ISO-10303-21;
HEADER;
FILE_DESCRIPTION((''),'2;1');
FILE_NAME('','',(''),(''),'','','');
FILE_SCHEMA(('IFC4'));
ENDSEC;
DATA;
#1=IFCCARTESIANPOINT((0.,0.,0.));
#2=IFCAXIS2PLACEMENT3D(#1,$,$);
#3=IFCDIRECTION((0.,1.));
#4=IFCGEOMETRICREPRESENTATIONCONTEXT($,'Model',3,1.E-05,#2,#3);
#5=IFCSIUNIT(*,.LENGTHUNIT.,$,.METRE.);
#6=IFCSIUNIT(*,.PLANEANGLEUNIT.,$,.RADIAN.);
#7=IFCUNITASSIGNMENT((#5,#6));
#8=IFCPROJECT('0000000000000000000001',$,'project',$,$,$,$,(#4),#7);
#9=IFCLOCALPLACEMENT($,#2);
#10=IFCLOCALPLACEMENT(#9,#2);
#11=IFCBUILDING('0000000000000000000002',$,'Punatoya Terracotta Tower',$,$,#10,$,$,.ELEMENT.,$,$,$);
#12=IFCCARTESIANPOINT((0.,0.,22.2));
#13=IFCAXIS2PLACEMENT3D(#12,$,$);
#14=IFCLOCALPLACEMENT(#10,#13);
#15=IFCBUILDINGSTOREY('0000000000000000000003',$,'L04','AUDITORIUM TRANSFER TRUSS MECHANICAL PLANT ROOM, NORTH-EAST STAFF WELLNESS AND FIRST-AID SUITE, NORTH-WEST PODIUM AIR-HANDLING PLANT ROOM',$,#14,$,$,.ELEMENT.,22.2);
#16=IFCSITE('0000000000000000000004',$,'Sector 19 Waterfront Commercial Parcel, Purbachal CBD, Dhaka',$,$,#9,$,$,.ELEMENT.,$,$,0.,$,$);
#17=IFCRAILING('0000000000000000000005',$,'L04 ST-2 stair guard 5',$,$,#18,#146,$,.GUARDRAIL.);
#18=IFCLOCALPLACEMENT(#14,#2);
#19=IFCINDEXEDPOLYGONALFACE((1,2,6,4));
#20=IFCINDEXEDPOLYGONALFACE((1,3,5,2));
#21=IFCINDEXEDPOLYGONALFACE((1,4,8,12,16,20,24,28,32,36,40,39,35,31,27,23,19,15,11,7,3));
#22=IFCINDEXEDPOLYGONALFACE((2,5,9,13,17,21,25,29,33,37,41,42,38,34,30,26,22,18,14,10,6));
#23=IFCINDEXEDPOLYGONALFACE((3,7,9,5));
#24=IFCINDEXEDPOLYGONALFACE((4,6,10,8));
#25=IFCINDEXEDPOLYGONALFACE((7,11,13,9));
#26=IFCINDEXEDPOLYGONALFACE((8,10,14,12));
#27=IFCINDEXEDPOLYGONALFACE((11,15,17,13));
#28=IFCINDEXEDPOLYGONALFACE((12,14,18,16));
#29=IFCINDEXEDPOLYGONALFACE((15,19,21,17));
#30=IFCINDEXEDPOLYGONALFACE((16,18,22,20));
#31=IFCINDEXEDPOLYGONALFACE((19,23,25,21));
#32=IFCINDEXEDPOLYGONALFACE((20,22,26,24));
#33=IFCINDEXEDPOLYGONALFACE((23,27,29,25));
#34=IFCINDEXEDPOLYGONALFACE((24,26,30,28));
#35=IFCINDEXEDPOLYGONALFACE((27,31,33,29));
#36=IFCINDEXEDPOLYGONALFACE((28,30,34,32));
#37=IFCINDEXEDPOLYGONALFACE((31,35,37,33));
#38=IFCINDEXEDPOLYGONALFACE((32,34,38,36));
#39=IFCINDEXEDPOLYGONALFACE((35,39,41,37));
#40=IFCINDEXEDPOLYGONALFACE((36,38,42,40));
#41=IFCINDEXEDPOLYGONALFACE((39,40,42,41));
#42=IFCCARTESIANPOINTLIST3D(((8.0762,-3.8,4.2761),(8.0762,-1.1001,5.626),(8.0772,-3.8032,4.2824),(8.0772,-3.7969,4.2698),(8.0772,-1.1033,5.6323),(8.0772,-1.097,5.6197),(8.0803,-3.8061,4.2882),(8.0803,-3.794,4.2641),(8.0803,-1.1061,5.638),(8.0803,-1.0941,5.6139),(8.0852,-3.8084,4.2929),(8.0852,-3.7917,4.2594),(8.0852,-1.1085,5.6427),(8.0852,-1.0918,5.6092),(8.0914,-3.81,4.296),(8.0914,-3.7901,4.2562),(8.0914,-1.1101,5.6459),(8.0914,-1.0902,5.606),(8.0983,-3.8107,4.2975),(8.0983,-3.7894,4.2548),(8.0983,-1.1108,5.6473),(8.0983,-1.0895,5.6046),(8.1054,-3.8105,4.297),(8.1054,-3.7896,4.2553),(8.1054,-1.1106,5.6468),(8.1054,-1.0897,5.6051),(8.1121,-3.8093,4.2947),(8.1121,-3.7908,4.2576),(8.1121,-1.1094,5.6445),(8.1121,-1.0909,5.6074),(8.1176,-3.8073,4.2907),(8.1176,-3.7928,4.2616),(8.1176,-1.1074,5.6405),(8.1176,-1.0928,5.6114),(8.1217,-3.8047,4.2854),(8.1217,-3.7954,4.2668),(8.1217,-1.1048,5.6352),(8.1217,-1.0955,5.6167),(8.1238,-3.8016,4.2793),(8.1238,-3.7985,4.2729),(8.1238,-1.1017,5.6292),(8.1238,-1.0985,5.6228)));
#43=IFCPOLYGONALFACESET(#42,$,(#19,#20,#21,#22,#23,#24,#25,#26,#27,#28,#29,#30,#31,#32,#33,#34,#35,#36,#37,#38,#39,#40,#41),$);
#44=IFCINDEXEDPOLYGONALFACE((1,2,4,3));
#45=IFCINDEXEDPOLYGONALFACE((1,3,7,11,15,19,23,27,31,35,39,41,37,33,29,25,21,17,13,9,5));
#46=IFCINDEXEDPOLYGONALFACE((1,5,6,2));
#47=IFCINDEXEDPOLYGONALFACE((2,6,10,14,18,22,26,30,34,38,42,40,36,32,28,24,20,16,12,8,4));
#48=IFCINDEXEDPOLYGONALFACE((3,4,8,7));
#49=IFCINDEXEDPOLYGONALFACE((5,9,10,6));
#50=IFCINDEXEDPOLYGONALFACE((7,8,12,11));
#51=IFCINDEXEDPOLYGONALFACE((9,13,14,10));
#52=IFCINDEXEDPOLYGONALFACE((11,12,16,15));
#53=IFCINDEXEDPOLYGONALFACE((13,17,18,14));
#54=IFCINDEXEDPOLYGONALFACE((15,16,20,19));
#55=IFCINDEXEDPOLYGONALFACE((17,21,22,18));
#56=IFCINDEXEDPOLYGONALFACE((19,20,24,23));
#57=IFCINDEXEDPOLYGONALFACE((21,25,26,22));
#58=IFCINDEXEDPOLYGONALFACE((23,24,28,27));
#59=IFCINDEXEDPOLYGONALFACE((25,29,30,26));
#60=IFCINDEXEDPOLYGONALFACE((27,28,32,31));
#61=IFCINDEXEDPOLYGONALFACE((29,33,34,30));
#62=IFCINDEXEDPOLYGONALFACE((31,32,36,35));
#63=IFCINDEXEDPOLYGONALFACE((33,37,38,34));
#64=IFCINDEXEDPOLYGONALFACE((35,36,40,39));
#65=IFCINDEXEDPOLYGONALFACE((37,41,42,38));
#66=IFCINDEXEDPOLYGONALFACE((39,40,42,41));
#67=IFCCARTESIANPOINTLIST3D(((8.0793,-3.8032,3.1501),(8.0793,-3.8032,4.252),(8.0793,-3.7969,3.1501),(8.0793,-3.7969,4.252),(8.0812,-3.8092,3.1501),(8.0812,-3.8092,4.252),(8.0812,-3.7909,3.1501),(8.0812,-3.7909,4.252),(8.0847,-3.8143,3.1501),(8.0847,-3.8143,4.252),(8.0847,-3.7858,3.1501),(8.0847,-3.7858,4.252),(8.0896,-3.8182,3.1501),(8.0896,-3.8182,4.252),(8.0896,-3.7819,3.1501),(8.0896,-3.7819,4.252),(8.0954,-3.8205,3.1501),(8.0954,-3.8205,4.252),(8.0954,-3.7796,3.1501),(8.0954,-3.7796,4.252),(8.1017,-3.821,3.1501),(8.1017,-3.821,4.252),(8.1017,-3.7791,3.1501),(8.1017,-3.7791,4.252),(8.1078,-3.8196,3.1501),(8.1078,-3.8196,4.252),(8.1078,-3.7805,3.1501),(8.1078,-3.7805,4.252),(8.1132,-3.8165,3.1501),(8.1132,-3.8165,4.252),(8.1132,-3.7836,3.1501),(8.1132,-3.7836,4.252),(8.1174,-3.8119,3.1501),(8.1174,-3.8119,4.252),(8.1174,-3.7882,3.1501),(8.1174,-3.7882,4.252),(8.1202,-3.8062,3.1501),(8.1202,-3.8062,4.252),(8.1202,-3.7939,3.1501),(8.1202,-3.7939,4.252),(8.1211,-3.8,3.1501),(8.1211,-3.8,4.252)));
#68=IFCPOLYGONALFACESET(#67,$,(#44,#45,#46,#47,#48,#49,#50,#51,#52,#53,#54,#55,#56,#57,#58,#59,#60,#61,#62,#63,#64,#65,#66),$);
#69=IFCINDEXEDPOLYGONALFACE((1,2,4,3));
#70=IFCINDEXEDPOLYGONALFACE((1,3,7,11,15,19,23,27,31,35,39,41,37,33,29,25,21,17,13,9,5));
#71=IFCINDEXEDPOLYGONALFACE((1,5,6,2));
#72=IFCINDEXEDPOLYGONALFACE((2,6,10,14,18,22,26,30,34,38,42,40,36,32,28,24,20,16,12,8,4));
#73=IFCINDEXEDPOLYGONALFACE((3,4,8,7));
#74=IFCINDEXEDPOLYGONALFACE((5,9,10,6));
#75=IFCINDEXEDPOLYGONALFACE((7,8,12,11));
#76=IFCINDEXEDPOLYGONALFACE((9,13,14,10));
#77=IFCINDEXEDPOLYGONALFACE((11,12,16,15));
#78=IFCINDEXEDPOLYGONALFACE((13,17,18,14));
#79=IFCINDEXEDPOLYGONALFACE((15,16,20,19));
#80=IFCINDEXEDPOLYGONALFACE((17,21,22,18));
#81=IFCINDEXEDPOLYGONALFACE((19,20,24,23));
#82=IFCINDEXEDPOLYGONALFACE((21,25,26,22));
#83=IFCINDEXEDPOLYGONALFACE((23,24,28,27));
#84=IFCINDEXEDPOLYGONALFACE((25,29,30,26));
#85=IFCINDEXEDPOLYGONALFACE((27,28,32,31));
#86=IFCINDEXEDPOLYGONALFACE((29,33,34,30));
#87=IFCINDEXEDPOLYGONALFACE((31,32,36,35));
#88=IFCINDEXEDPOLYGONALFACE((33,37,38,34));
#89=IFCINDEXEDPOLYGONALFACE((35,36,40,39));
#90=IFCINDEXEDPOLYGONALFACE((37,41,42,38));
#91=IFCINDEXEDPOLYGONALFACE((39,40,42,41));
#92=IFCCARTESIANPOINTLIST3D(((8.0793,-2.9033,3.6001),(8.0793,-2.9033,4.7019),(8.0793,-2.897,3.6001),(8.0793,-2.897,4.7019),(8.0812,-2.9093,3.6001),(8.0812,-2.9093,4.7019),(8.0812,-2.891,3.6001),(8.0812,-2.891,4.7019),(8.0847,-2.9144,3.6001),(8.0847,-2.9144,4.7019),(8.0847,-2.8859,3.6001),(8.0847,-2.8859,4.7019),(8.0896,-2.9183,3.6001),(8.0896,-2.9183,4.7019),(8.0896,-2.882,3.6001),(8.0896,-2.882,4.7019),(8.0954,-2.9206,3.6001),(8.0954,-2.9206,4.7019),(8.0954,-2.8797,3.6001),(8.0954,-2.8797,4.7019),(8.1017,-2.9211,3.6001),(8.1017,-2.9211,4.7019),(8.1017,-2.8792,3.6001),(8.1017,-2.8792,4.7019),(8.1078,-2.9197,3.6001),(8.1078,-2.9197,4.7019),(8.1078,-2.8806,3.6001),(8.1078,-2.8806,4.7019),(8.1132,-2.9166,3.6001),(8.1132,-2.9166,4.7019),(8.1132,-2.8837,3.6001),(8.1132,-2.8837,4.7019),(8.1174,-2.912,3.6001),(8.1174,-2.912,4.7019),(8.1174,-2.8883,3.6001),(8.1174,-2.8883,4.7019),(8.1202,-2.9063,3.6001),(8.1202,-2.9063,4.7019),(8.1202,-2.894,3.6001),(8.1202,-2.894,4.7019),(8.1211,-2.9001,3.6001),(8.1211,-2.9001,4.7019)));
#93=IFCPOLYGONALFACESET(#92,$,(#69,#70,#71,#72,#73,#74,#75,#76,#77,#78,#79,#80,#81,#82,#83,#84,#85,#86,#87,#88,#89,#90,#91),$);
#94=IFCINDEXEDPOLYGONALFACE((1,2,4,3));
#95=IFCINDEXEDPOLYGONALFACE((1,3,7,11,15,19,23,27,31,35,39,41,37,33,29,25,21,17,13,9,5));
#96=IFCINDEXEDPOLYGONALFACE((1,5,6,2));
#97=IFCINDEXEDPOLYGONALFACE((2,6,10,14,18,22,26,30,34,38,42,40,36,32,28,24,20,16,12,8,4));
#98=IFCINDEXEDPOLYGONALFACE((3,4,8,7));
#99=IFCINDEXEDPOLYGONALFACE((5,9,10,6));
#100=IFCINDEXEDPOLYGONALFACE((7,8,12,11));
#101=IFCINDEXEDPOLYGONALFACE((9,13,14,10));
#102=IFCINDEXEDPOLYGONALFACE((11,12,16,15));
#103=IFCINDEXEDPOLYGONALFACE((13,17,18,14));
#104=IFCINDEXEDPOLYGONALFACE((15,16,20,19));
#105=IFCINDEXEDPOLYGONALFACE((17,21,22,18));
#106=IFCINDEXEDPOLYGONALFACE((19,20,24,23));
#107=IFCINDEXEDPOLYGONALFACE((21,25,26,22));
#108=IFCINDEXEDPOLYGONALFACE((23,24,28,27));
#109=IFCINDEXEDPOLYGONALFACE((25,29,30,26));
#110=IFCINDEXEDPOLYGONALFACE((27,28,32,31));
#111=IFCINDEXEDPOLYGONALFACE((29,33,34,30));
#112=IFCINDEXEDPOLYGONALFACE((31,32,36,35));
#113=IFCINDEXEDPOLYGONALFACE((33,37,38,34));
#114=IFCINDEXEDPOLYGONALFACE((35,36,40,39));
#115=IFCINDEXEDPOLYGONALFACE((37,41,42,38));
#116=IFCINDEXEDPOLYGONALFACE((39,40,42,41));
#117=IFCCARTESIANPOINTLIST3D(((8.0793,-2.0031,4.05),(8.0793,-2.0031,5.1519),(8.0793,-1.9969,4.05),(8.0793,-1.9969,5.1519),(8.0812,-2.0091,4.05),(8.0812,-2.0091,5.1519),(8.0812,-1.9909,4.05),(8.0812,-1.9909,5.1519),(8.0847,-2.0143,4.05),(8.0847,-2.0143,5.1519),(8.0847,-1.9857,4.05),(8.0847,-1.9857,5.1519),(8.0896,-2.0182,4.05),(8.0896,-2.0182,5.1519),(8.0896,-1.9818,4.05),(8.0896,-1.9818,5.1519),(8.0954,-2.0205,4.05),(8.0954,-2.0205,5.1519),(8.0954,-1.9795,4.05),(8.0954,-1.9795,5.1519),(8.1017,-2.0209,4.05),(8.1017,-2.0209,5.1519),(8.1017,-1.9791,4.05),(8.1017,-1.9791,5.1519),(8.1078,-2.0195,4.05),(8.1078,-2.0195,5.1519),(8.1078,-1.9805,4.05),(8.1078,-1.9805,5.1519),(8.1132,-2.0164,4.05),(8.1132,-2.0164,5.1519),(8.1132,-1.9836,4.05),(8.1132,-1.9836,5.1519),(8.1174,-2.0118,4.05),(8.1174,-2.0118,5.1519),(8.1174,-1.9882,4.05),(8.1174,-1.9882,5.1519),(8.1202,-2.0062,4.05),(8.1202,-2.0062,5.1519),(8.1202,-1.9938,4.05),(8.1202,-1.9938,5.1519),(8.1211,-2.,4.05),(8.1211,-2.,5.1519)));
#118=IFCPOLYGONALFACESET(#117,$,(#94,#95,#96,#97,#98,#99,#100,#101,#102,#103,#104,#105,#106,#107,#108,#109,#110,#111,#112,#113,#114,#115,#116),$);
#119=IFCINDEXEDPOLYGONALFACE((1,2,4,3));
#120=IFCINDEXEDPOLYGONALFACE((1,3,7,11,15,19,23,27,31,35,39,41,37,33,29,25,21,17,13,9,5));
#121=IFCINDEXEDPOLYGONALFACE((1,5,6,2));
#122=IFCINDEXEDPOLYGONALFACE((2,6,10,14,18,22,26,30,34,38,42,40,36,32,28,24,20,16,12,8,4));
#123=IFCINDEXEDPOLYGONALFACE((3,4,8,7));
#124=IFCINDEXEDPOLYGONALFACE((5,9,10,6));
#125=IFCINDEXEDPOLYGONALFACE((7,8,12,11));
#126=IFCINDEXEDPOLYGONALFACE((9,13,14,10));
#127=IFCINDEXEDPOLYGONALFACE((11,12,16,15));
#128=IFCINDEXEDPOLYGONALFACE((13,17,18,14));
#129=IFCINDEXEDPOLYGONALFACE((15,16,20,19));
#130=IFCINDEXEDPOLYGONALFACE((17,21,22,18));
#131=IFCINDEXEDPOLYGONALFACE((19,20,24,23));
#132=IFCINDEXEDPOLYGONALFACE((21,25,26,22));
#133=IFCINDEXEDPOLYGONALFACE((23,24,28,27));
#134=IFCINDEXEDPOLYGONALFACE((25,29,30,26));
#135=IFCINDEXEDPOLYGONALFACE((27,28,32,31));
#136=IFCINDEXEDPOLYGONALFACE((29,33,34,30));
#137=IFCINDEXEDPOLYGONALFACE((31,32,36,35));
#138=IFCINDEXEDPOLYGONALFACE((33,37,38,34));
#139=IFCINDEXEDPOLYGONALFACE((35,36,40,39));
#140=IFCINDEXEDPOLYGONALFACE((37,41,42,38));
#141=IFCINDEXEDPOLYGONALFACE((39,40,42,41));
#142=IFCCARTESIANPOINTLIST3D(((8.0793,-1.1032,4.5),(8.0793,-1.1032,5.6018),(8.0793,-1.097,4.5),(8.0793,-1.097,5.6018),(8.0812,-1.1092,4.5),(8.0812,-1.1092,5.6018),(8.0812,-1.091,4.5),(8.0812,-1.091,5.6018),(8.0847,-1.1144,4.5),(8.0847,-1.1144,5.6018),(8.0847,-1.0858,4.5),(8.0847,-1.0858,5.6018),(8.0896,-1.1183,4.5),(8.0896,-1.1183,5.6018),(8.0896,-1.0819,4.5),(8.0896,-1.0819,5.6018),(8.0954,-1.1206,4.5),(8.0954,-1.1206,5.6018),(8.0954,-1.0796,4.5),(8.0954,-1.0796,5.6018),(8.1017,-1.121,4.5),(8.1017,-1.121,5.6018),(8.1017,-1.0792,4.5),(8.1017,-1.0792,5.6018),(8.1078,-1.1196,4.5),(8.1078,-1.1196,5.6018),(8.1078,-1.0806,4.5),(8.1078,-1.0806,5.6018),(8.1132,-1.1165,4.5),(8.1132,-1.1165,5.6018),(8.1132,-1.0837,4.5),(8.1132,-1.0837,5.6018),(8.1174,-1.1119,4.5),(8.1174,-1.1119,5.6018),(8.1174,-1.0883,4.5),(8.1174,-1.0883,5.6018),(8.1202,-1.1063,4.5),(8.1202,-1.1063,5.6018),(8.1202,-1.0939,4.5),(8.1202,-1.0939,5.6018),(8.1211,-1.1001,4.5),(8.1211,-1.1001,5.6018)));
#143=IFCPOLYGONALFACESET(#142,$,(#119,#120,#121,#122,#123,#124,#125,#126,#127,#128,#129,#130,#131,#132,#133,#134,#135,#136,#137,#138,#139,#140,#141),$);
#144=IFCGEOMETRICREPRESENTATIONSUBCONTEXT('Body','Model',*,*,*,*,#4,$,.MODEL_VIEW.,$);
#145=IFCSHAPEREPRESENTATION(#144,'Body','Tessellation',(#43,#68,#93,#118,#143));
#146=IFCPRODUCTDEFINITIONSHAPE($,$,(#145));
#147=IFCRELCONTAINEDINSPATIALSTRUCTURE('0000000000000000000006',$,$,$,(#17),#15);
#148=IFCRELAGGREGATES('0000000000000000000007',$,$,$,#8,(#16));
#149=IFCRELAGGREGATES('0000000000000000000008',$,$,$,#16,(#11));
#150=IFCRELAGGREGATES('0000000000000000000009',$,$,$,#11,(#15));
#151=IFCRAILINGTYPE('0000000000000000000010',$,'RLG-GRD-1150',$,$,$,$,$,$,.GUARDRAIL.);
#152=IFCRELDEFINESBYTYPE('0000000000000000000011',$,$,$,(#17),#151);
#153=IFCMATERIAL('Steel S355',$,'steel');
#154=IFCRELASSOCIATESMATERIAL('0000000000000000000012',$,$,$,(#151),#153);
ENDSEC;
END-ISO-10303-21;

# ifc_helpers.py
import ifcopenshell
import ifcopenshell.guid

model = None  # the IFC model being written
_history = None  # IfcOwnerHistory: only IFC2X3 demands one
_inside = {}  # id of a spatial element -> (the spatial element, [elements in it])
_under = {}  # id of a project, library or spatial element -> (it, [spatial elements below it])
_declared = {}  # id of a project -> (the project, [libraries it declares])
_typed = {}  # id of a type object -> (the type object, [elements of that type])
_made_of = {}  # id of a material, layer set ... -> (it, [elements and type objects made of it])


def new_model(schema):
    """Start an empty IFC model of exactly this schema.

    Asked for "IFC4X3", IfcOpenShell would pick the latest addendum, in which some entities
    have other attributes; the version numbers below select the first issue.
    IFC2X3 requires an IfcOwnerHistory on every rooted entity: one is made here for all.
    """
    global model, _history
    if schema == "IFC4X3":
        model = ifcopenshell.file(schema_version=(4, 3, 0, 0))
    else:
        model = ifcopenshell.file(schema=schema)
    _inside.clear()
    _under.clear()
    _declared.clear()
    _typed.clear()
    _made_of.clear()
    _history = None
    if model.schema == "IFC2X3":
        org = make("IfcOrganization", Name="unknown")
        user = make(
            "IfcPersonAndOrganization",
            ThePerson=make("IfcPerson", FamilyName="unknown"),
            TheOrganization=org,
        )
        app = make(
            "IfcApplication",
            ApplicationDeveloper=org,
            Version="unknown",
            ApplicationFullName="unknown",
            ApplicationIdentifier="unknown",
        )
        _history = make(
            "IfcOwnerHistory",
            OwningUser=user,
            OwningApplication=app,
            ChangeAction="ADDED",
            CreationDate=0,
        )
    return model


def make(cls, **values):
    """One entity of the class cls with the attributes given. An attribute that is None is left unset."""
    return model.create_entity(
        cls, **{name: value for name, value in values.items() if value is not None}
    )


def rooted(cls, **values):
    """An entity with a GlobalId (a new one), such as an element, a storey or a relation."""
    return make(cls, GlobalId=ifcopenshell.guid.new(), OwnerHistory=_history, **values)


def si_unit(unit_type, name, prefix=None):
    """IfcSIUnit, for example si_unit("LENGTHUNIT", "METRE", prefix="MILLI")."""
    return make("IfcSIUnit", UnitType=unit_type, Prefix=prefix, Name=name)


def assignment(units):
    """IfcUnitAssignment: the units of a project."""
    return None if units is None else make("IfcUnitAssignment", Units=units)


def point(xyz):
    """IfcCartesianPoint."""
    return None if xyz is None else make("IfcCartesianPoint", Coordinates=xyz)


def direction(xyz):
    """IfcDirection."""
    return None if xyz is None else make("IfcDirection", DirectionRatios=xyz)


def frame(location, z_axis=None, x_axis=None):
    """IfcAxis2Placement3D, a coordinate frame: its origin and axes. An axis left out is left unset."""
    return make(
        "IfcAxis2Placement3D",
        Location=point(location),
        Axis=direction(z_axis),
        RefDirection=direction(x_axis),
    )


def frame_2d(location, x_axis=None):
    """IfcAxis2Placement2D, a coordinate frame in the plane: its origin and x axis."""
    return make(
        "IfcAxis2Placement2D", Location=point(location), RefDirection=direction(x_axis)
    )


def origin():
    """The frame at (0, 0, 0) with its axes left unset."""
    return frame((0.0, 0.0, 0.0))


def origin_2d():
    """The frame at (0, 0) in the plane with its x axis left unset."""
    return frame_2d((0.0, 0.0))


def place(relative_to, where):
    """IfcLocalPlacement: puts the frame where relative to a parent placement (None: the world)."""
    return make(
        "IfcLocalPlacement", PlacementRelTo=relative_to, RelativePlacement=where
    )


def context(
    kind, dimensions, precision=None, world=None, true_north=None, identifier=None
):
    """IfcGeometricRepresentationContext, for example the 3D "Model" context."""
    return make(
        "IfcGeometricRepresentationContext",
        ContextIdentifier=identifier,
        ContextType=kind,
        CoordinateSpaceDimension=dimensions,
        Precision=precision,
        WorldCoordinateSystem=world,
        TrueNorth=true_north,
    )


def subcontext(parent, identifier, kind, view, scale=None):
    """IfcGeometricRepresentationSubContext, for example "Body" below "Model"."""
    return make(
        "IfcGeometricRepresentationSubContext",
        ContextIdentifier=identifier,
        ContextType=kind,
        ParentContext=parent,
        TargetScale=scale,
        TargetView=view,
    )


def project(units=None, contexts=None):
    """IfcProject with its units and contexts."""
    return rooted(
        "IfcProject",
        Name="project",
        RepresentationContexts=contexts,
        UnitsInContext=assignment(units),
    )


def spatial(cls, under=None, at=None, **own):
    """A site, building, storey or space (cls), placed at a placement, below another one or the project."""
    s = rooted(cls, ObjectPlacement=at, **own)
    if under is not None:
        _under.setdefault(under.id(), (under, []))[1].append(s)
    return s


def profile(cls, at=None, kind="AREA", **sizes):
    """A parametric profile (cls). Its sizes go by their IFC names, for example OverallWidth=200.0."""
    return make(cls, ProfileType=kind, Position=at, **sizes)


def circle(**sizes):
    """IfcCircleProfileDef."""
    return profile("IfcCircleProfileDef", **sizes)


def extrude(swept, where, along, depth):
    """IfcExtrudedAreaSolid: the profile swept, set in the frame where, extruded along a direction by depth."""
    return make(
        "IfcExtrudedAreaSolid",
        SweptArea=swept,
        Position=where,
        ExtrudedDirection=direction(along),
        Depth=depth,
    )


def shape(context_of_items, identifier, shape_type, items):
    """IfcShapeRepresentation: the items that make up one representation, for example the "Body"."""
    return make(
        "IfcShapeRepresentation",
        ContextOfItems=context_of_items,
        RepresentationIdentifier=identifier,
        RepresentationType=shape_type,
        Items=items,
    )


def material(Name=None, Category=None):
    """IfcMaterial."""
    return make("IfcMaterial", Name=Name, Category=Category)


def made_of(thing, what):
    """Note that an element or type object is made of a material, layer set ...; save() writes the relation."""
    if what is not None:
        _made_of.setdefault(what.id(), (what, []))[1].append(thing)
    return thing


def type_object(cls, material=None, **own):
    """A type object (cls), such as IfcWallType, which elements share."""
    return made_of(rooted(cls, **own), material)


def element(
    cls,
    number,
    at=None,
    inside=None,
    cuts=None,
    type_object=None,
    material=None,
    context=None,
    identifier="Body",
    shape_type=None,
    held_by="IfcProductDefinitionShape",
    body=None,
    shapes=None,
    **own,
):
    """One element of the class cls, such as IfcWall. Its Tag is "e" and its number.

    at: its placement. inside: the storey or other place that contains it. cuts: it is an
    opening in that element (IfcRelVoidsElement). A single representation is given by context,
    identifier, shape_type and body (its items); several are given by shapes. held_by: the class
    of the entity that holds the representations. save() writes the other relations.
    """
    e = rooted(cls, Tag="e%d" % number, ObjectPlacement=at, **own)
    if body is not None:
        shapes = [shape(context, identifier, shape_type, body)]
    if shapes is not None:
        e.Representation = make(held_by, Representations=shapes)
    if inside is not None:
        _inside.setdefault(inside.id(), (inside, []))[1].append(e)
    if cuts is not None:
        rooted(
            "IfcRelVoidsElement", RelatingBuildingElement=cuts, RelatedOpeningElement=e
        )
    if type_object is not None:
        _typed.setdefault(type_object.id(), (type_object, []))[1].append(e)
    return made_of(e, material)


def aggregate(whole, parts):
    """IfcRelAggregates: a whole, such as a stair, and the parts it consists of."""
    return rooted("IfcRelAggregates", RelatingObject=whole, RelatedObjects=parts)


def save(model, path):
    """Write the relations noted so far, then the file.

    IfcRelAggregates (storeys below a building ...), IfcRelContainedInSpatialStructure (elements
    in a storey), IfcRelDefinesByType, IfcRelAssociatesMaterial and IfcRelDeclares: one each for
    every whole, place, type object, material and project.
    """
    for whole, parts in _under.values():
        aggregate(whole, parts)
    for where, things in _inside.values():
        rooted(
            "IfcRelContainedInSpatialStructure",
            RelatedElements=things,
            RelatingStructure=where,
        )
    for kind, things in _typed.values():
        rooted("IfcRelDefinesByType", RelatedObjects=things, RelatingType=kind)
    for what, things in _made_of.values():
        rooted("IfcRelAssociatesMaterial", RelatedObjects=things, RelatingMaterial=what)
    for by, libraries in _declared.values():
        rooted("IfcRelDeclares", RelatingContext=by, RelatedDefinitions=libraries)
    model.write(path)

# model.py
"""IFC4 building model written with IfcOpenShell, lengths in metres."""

from ifc_helpers import new_model, si_unit, direction, frame, origin, origin_2d, place, context, subcontext, project, spatial, circle, extrude, material, type_object, element, save


model = new_model("IFC4")

# Units and contexts
model_context = context("Model", 3, precision=1e-05, world=origin(), true_north=direction((0.0, 1.0)))
body_context = subcontext(model_context, "Body", "Model", "MODEL_VIEW")
ifc_project = project(units=[si_unit("LENGTHUNIT", "METRE"), si_unit("PLANEANGLEUNIT", "RADIAN")], contexts=[model_context])

# Site, building, storey
site_placement = place(None, origin())
site = spatial("IfcSite", under=ifc_project, at=site_placement, Name="Sector 19 Waterfront Commercial Parcel, Purbachal CBD, Dhaka", CompositionType="ELEMENT", RefElevation=0.0)
building_placement = place(site_placement, origin())
building = spatial("IfcBuilding", under=site, at=building_placement, Name="Punatoya Terracotta Tower", CompositionType="ELEMENT")
storey_placement = place(building_placement, frame((0.0, 0.0, 22.2)))
storey = spatial("IfcBuildingStorey", under=building, at=storey_placement, Name="L04", Description="AUDITORIUM TRANSFER TRUSS MECHANICAL PLANT ROOM, NORTH-EAST STAFF WELLNESS AND FIRST-AID SUITE, NORTH-WEST PODIUM AIR-HANDLING PLANT ROOM", CompositionType="ELEMENT", Elevation=22.2)

# Shared definitions
ifc_material_1 = material(Name="Steel S355", Category="steel")

# Railing
railing_type_1 = type_object("IfcRailingType", Name="RLG-GRD-1150", PredefinedType="GUARDRAIL", material=ifc_material_1)
railing_1_placement = place(storey_placement, frame((8.1001, -3.8, 3.1501)))
element("IfcRailing", 1, at=railing_1_placement, inside=storey, type_object=railing_type_1, Name="L04 ST-2 stair guard 5", PredefinedType="GUARDRAIL", context=body_context, shape_type="SweptSolid", body=[
    extrude(circle(Radius=0.0239, at=origin_2d()), frame((0.0, 0.0, 1.126), z_axis=(0.0, 0.894443, 0.447181), x_axis=(-1.0, 0.0, 0.0)), (0.0, 0.0, 1.0), 3.0186),
    extrude(circle(Radius=0.021, at=origin_2d()), origin(), (0.0, 0.0, 1.0), 1.1018),
    extrude(circle(Radius=0.021, at=origin_2d()), frame((0.0, 0.8999, 0.45)), (0.0, 0.0, 1.0), 1.1018),
    extrude(circle(Radius=0.021, at=origin_2d()), frame((0.0, 1.8, 0.8999)), (0.0, 0.0, 1.0), 1.1018),
    extrude(circle(Radius=0.021, at=origin_2d()), frame((0.0, 2.7, 1.3499)), (0.0, 0.0, 1.0), 1.1018),
])

save(model, "model.ifc")
